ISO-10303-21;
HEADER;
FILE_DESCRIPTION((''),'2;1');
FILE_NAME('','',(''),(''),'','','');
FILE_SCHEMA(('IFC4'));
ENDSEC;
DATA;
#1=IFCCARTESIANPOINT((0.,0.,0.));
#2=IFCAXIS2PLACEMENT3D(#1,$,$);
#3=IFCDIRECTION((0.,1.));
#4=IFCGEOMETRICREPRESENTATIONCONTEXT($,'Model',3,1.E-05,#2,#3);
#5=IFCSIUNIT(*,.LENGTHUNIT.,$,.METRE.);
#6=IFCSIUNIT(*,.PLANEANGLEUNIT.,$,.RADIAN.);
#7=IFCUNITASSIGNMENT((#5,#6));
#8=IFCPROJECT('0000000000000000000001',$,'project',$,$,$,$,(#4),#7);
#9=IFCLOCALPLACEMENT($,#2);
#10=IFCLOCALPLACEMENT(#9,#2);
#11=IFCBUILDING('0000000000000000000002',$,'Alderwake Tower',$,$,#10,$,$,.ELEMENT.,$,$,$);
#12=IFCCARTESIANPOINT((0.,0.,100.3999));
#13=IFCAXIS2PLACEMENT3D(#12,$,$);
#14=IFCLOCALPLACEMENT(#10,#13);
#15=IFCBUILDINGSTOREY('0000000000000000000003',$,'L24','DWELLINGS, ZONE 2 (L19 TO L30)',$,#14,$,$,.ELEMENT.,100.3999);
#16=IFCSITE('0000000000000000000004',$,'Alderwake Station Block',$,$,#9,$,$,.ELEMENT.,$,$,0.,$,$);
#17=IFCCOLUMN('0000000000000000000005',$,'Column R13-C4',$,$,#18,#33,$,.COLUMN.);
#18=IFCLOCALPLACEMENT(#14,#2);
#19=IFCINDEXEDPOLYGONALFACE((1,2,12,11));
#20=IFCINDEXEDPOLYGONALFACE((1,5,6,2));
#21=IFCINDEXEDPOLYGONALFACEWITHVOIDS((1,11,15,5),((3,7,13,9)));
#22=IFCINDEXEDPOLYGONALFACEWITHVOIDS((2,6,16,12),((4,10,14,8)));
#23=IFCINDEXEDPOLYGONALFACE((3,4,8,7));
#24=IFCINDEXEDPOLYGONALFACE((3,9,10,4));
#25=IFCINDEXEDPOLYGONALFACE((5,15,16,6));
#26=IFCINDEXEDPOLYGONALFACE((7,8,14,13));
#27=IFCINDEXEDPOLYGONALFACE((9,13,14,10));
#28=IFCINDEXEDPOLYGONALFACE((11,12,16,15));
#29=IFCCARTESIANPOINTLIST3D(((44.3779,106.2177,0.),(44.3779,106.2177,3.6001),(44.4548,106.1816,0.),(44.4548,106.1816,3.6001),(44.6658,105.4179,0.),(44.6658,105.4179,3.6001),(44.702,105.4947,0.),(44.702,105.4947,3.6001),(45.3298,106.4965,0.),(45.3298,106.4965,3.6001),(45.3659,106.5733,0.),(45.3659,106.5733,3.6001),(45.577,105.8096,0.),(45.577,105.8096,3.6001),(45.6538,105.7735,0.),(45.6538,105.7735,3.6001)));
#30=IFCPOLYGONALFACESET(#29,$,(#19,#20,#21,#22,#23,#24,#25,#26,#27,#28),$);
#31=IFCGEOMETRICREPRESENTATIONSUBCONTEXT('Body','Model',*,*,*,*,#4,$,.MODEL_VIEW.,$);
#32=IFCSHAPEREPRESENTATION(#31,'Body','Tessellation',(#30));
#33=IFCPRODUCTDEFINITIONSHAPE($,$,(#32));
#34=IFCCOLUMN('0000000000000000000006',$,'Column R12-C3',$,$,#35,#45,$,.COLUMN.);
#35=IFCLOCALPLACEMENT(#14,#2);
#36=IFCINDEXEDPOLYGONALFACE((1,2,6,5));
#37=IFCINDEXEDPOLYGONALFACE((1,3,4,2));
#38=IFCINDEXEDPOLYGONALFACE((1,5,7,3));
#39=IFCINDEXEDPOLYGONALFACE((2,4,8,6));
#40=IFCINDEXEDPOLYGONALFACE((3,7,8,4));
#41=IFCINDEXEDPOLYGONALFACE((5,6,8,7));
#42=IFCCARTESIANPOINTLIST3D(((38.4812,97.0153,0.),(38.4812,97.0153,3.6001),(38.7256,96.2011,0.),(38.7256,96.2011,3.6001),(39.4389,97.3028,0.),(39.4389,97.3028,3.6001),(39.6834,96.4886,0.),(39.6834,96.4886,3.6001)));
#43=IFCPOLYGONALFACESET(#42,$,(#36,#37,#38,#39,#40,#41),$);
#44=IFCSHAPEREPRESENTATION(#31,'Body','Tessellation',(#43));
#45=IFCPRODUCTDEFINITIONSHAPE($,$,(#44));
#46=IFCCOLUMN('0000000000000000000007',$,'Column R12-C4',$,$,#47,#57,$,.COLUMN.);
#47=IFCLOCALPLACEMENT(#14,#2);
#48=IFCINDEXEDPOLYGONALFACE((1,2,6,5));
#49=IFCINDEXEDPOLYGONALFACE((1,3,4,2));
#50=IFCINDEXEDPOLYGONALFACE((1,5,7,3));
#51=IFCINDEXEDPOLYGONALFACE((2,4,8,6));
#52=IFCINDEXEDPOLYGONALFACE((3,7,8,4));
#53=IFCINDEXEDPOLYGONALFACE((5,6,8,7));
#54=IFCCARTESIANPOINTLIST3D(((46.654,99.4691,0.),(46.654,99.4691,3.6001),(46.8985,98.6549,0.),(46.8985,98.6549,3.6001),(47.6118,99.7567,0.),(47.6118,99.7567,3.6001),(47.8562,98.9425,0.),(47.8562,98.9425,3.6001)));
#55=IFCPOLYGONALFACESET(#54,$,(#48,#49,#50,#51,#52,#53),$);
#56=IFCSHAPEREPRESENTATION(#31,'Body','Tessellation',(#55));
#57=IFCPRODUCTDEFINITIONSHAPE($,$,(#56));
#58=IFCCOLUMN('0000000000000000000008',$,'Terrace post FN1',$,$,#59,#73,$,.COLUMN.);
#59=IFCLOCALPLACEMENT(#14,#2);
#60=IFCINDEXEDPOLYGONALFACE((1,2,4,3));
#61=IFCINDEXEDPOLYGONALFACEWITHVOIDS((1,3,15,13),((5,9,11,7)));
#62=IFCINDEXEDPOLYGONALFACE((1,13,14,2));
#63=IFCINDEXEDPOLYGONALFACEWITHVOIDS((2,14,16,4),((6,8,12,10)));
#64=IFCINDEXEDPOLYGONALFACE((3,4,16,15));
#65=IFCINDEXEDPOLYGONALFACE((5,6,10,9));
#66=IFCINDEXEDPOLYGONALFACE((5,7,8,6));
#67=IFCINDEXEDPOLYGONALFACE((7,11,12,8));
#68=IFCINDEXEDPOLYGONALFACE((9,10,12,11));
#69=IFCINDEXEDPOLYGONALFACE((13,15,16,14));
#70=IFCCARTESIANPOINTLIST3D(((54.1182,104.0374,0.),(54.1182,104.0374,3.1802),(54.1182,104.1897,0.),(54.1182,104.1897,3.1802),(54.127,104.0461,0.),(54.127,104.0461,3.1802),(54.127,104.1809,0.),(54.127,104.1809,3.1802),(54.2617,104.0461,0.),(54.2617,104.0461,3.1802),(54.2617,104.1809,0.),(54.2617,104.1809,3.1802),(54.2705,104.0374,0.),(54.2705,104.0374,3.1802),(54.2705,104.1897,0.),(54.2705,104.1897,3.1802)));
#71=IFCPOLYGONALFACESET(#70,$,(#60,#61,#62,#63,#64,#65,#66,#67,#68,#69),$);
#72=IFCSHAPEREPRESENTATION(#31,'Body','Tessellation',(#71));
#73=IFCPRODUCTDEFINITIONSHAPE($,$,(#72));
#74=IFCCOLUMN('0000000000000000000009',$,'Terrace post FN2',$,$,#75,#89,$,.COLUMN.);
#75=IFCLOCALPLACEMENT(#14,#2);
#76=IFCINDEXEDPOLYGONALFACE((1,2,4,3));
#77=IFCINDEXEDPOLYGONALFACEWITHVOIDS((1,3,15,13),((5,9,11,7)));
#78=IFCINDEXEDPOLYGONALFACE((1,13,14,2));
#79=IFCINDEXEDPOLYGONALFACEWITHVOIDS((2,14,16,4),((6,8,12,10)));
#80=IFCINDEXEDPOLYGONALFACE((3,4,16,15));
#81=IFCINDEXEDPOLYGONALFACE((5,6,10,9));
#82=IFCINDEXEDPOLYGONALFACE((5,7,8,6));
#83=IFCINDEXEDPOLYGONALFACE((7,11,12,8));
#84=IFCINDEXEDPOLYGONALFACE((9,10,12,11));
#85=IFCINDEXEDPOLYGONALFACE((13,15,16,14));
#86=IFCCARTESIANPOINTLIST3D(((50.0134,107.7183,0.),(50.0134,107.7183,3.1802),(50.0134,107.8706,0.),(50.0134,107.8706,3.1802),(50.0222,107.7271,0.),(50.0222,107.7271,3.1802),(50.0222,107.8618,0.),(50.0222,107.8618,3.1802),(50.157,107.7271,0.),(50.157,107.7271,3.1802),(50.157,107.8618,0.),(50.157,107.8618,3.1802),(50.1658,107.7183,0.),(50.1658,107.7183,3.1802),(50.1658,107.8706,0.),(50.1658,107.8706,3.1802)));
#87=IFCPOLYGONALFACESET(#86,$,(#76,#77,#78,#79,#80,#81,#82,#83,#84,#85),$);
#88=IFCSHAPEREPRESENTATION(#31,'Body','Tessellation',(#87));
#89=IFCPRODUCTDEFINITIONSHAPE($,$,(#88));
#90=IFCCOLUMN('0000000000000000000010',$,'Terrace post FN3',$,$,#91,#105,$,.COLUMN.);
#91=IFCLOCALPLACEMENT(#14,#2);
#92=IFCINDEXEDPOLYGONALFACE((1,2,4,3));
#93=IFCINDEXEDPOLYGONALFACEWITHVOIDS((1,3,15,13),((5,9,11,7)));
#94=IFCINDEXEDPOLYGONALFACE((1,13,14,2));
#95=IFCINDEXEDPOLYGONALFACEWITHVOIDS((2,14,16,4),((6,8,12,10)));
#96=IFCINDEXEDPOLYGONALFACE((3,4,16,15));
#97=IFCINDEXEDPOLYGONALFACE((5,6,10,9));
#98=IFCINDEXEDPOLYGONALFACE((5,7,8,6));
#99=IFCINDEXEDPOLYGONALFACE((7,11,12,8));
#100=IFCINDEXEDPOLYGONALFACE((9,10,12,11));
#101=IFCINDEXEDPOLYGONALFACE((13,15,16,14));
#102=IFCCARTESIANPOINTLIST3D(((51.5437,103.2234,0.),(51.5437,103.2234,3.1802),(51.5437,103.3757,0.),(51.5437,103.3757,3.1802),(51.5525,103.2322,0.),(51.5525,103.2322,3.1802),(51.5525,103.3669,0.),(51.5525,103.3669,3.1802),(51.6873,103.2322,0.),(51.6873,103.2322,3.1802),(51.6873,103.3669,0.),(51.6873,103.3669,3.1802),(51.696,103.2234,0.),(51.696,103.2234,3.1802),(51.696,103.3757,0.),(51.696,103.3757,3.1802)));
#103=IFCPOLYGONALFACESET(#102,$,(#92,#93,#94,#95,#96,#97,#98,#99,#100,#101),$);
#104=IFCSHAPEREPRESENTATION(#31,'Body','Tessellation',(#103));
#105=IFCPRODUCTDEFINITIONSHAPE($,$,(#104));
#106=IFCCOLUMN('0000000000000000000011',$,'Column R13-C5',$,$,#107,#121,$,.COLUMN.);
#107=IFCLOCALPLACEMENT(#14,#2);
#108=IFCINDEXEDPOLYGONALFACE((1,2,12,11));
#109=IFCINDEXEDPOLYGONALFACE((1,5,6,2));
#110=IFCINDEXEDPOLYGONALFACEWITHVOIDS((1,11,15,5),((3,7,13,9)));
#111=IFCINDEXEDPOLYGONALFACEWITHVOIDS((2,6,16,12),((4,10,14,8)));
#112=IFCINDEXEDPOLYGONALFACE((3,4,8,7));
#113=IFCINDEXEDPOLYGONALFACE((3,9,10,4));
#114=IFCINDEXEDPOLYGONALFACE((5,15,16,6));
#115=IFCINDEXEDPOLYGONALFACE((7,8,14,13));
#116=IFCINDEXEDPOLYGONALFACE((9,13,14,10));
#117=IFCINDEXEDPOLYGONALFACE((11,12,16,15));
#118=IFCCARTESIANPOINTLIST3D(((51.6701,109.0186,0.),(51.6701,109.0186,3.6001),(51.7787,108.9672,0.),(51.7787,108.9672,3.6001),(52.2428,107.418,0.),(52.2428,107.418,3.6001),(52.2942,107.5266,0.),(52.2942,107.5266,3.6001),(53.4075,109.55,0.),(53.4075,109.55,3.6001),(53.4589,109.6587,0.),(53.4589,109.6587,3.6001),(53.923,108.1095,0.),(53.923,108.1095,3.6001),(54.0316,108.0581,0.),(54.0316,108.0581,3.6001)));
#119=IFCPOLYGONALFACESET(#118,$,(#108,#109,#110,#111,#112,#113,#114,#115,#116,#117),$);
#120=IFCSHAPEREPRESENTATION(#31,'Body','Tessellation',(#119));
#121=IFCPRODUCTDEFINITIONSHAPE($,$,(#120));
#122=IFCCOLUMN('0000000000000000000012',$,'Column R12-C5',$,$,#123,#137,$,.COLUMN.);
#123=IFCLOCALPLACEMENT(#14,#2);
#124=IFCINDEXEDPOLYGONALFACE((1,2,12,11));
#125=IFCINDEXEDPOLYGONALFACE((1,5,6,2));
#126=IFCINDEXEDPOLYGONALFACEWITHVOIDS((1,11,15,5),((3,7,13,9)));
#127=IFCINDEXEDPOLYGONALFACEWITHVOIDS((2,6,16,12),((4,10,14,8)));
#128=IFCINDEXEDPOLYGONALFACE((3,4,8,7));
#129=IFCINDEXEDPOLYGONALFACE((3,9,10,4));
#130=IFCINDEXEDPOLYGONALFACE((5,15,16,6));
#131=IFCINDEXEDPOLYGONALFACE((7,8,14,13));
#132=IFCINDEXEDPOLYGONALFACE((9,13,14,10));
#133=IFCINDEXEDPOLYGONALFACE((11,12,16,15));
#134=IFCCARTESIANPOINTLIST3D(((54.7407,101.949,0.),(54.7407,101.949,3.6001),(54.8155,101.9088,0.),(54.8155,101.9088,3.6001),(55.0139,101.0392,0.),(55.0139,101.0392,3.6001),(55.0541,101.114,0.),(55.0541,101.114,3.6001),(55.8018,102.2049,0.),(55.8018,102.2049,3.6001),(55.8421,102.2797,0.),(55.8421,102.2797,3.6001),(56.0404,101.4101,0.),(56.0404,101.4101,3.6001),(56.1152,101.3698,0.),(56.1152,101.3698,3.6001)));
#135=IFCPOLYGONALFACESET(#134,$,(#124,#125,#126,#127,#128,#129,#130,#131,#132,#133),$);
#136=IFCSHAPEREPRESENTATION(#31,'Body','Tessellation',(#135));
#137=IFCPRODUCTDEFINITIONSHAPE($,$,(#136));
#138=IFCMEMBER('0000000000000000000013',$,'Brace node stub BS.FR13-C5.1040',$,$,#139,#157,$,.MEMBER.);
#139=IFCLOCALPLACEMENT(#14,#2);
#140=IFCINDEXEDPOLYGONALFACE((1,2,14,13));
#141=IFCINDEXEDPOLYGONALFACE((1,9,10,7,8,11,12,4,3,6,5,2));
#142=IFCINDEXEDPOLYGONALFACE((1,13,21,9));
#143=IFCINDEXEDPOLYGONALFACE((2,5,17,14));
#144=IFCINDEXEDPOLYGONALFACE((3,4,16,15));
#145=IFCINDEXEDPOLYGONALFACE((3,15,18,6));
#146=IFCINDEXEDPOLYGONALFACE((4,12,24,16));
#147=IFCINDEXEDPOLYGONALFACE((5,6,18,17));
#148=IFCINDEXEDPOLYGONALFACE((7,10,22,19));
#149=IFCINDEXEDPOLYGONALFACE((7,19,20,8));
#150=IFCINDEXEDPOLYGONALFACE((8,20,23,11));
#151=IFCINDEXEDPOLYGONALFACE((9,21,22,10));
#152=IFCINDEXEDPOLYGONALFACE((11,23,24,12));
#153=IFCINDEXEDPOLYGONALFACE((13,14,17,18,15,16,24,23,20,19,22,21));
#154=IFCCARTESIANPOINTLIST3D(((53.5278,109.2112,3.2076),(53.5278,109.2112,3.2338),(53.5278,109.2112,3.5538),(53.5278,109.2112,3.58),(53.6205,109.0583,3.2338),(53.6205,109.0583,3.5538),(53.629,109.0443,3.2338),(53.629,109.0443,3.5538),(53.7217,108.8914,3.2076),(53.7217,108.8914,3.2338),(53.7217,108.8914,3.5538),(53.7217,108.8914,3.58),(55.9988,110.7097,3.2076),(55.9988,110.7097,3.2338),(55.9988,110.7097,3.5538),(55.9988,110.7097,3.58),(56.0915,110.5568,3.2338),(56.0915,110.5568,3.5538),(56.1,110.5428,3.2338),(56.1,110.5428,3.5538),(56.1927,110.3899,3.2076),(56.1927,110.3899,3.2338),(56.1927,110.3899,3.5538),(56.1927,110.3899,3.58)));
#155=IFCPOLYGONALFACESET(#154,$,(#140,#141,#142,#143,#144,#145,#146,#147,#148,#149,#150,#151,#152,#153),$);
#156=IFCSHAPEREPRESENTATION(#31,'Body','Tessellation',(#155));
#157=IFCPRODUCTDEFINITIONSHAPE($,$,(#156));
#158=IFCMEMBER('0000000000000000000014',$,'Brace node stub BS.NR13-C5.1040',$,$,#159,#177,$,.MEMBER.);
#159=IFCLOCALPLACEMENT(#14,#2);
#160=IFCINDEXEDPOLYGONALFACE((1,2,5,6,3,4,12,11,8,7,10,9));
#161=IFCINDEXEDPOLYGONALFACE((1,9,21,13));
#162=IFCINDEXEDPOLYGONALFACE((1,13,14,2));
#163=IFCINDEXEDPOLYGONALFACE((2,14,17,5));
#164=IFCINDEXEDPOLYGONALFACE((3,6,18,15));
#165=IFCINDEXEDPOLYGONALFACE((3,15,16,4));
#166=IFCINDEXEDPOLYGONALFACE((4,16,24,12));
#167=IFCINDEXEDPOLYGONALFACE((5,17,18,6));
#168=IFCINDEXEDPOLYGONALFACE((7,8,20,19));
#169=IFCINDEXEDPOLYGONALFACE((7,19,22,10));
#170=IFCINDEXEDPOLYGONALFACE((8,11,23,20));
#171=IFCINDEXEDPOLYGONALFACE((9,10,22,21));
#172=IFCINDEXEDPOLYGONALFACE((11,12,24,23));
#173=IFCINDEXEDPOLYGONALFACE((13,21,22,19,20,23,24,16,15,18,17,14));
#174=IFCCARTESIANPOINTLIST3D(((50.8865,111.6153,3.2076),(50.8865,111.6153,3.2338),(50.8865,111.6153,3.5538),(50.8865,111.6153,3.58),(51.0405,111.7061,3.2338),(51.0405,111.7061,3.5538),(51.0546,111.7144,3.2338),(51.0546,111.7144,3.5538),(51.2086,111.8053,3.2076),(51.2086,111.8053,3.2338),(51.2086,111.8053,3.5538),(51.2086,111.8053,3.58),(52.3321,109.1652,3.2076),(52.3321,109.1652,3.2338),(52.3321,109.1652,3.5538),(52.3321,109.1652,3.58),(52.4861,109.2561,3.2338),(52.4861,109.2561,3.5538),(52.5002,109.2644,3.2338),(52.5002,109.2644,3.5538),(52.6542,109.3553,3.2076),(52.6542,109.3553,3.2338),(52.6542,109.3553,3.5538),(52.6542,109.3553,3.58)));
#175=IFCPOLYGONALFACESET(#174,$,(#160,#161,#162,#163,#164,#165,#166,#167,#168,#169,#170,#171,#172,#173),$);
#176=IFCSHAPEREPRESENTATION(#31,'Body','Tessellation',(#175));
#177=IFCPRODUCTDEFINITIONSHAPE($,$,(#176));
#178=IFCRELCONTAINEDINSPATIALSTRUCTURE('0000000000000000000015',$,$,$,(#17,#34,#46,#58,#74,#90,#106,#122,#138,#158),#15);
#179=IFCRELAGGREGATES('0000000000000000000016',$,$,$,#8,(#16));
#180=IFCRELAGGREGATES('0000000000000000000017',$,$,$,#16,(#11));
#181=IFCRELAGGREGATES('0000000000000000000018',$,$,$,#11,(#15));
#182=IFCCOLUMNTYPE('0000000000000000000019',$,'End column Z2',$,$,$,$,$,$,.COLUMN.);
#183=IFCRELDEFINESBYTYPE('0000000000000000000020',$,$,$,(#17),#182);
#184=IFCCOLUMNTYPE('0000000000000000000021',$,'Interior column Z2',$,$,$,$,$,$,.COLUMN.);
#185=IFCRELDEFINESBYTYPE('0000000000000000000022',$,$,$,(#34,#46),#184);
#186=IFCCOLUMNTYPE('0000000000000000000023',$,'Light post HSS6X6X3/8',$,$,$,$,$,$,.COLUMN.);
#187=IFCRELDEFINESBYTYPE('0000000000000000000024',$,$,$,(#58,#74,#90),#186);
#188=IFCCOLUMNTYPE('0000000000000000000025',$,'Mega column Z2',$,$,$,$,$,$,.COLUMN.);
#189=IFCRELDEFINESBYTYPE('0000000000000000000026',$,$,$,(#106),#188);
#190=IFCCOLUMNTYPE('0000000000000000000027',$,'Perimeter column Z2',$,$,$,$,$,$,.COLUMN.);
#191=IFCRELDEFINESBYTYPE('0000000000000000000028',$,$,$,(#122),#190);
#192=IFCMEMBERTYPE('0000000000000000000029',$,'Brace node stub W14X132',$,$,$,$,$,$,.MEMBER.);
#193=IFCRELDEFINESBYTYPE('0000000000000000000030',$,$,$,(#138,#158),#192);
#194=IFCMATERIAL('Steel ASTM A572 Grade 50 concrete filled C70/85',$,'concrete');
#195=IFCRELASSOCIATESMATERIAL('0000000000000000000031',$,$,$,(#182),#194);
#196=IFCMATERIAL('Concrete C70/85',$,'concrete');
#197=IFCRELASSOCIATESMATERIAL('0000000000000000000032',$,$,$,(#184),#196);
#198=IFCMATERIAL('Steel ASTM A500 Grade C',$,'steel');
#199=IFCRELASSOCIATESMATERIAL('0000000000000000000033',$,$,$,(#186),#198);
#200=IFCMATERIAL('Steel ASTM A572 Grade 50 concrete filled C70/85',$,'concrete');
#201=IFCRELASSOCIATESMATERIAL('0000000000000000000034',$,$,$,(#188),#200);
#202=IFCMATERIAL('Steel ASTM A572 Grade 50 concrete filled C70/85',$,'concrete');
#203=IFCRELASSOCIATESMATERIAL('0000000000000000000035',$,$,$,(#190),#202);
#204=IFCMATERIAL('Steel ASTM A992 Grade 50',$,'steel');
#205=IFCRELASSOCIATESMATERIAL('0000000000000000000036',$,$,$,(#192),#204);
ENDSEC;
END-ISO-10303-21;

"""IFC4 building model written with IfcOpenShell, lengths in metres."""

from ifc_helpers import new_model, si_unit, direction, frame, origin, origin_2d, place, context, subcontext, project, spatial, rectangle, hollow_rectangle, i_section, extrude, material, material_profile, profile_set, type_object, element, save


model = new_model("IFC4")

# Units and contexts
model_context = context("Model", 3, precision=1e-05, world=origin(), true_north=direction((0.0, 1.0)))
body_context = subcontext(model_context, "Body", "Model", "MODEL_VIEW")
ifc_project = project(units=[si_unit("LENGTHUNIT", "METRE"), si_unit("PLANEANGLEUNIT", "RADIAN")], contexts=[model_context])

# Site, building, storey
site_placement = place(None, origin())
site = spatial("IfcSite", under=ifc_project, at=site_placement, Name="Alderwake Station Block", CompositionType="ELEMENT", RefElevation=0.0)
building_placement = place(site_placement, origin())
building = spatial("IfcBuilding", under=site, at=building_placement, Name="Alderwake Tower", CompositionType="ELEMENT")
storey_placement = place(building_placement, frame((0.0, 0.0, 100.3999)))
storey = spatial("IfcBuildingStorey", under=building, at=storey_placement, Name="L24", Description="DWELLINGS, ZONE 2 (L19 TO L30)", CompositionType="ELEMENT", Elevation=100.3999)

# Columns
ifc_material_1 = material(Name="Steel ASTM A572 Grade 50 concrete filled C70/85", Category="concrete")
ifc_material_profile_1 = material_profile(ifc_material_1, hollow_rectangle(XDim=0.8501, YDim=1.05, WallThickness=0.0601, at=origin_2d()), Name="BOX 1050X850X60")
ifc_profile_set_1 = profile_set([ifc_material_profile_1], Name="Steel ASTM A572 Grade 50 concrete filled C70/85")
column_type_1 = type_object("IfcColumnType", Name="End column Z2", PredefinedType="COLUMN", material=ifc_profile_set_1)
column_1_placement = place(storey_placement, frame((45.0159, 105.9956, 0.0), z_axis=(0.0, 0.0, 1.0), x_axis=(-0.338653, 0.940912, 0.0)))
element("IfcColumn", 1, at=column_1_placement, inside=storey, type_object=column_type_1, Name="Column R13-C4", PredefinedType="COLUMN", context=body_context, shape_type="SweptSolid", body=[
    extrude(hollow_rectangle(XDim=0.8501, YDim=1.05, WallThickness=0.0601, at=origin_2d()), origin(), (0.0, 0.0, 1.0), 3.6001),
])
ifc_material_2 = material(Name="Concrete C70/85", Category="concrete")
ifc_material_profile_2 = material_profile(ifc_material_2, rectangle(XDim=0.8501, YDim=1.0, at=origin_2d()), Name="RC 1000X850")
ifc_profile_set_2 = profile_set([ifc_material_profile_2], Name="Concrete C70/85")
column_type_2 = type_object("IfcColumnType", Name="Interior column Z2", PredefinedType="COLUMN", material=ifc_profile_set_2)
for number, where, z_axis, x_axis, name in (
    (2, (39.0823, 96.752, 0.0), (0.0, 0.0, 1.0), (-0.287549, 0.957766, 0.0), "Column R12-C3"),
    (3, (47.2551, 99.2058, 0.0), (0.0, 0.0, 1.0), (-0.287549, 0.957766, 0.0), "Column R12-C4"),
):
    element("IfcColumn", number, at=place(storey_placement, frame(where, z_axis=z_axis, x_axis=x_axis)), inside=storey, type_object=column_type_2, Name=name, PredefinedType="COLUMN", context=body_context, shape_type="SweptSolid", body=[
        extrude(rectangle(XDim=0.8501, YDim=1.0, at=origin_2d()), origin(), (0.0, 0.0, 1.0), 3.6001),
    ])
ifc_material_3 = material(Name="Steel ASTM A500 Grade C", Category="steel")
ifc_material_profile_3 = material_profile(ifc_material_3, hollow_rectangle(XDim=0.1523, YDim=0.1523, WallThickness=0.0088, at=origin_2d()), Name="HSS6X6X3/8")
ifc_profile_set_3 = profile_set([ifc_material_profile_3], Name="Steel ASTM A500 Grade C")
column_type_3 = type_object("IfcColumnType", Name="Light post HSS6X6X3/8", PredefinedType="COLUMN", material=ifc_profile_set_3)
for number, where, z_axis, x_axis, name in (
    (4, (54.1943, 104.1135, 0.0), (0.0, 0.0, 1.0), (1.0, 0.0, 0.0), "Terrace post FN1"),
    (5, (50.0896, 107.7944, 0.0), (0.0, 0.0, 1.0), (1.0, 0.0, 0.0), "Terrace post FN2"),
    (6, (51.6199, 103.2996, 0.0), (0.0, 0.0, 1.0), (1.0, 0.0, 0.0), "Terrace post FN3"),
):
    element("IfcColumn", number, at=place(storey_placement, frame(where, z_axis=z_axis, x_axis=x_axis)), inside=storey, type_object=column_type_3, Name=name, PredefinedType="COLUMN", context=body_context, shape_type="SweptSolid", body=[
        extrude(hollow_rectangle(XDim=0.1523, YDim=0.1523, WallThickness=0.0088, at=origin_2d()), origin(), (0.0, 0.0, 1.0), 3.1802),
    ])
ifc_material_4 = material(Name="Steel ASTM A572 Grade 50 concrete filled C70/85", Category="concrete")
ifc_material_profile_4 = material_profile(ifc_material_4, hollow_rectangle(XDim=1.7, YDim=1.8999, WallThickness=0.085, at=origin_2d()), Name="BOX 1900X1700X85")
ifc_profile_set_4 = profile_set([ifc_material_profile_4], Name="Steel ASTM A572 Grade 50 concrete filled C70/85")
column_type_4 = type_object("IfcColumnType", Name="Mega column Z2", PredefinedType="COLUMN", material=ifc_profile_set_4)
column_2_placement = place(storey_placement, frame((52.8508, 108.5383, 0.0), z_axis=(0.0, 0.0, 1.0), x_axis=(-0.336911, 0.941536, 0.0)))
element("IfcColumn", 7, at=column_2_placement, inside=storey, type_object=column_type_4, Name="Column R13-C5", PredefinedType="COLUMN", context=body_context, shape_type="SweptSolid", body=[
    extrude(hollow_rectangle(XDim=1.7, YDim=1.8999, WallThickness=0.085, at=origin_2d()), origin(), (0.0, 0.0, 1.0), 3.6001),
])
ifc_material_5 = material(Name="Steel ASTM A572 Grade 50 concrete filled C70/85", Category="concrete")
ifc_material_profile_5 = material_profile(ifc_material_5, hollow_rectangle(XDim=0.95, YDim=1.1499, WallThickness=0.0601, at=origin_2d()), Name="BOX 1150X950X60")
ifc_profile_set_5 = profile_set([ifc_material_profile_5], Name="Steel ASTM A572 Grade 50 concrete filled C70/85")
column_type_5 = type_object("IfcColumnType", Name="Perimeter column Z2", PredefinedType="COLUMN", material=ifc_profile_set_5)
column_3_placement = place(storey_placement, frame((55.428, 101.6594, 0.0), z_axis=(0.0, 0.0, 1.0), x_axis=(-0.287549, 0.957766, 0.0)))
element("IfcColumn", 8, at=column_3_placement, inside=storey, type_object=column_type_5, Name="Column R12-C5", PredefinedType="COLUMN", context=body_context, shape_type="SweptSolid", body=[
    extrude(hollow_rectangle(XDim=0.95, YDim=1.1499, WallThickness=0.0601, at=origin_2d()), origin(), (0.0, 0.0, 1.0), 3.6001),
])

# Members
ifc_material_6 = material(Name="Steel ASTM A992 Grade 50", Category="steel")
ifc_material_profile_6 = material_profile(ifc_material_6, i_section(OverallWidth=0.374, OverallDepth=0.3723, WebThickness=0.0164, FlangeThickness=0.0261, at=origin_2d()), Name="W14X132")
ifc_profile_set_6 = profile_set([ifc_material_profile_6], Name="Steel ASTM A992 Grade 50")
member_type = type_object("IfcMemberType", Name="Brace node stub W14X132", PredefinedType="MEMBER", material=ifc_profile_set_6)
member_1_placement = place(storey_placement, frame((53.6248, 109.0513, 3.3938), z_axis=(0.855046, 0.518553, 0.0), x_axis=(-0.518553, 0.855046, 0.0)))
element("IfcMember", 9, at=member_1_placement, inside=storey, type_object=member_type, Name="Brace node stub BS.FR13-C5.1040", PredefinedType="MEMBER", context=body_context, shape_type="SweptSolid", body=[
    extrude(i_section(OverallWidth=0.374, OverallDepth=0.3723, WebThickness=0.0164, FlangeThickness=0.0261, at=origin_2d()), origin(), (0.0, 0.0, 1.0), 2.8899),
])
member_2_placement = place(storey_placement, frame((52.4932, 109.2603, 3.3938), z_axis=(-0.508171, 0.861256, 0.0), x_axis=(-0.861256, -0.508171, 0.0)))
element("IfcMember", 10, at=member_2_placement, inside=storey, type_object=member_type, Name="Brace node stub BS.NR13-C5.1040", PredefinedType="MEMBER", context=body_context, shape_type="SweptSolid", body=[
    extrude(i_section(OverallWidth=0.374, OverallDepth=0.3723, WebThickness=0.0164, FlangeThickness=0.0261, at=origin_2d()), origin(), (0.0, 0.0, 1.0), 2.8447),
])

save(model, "model.ifc")
